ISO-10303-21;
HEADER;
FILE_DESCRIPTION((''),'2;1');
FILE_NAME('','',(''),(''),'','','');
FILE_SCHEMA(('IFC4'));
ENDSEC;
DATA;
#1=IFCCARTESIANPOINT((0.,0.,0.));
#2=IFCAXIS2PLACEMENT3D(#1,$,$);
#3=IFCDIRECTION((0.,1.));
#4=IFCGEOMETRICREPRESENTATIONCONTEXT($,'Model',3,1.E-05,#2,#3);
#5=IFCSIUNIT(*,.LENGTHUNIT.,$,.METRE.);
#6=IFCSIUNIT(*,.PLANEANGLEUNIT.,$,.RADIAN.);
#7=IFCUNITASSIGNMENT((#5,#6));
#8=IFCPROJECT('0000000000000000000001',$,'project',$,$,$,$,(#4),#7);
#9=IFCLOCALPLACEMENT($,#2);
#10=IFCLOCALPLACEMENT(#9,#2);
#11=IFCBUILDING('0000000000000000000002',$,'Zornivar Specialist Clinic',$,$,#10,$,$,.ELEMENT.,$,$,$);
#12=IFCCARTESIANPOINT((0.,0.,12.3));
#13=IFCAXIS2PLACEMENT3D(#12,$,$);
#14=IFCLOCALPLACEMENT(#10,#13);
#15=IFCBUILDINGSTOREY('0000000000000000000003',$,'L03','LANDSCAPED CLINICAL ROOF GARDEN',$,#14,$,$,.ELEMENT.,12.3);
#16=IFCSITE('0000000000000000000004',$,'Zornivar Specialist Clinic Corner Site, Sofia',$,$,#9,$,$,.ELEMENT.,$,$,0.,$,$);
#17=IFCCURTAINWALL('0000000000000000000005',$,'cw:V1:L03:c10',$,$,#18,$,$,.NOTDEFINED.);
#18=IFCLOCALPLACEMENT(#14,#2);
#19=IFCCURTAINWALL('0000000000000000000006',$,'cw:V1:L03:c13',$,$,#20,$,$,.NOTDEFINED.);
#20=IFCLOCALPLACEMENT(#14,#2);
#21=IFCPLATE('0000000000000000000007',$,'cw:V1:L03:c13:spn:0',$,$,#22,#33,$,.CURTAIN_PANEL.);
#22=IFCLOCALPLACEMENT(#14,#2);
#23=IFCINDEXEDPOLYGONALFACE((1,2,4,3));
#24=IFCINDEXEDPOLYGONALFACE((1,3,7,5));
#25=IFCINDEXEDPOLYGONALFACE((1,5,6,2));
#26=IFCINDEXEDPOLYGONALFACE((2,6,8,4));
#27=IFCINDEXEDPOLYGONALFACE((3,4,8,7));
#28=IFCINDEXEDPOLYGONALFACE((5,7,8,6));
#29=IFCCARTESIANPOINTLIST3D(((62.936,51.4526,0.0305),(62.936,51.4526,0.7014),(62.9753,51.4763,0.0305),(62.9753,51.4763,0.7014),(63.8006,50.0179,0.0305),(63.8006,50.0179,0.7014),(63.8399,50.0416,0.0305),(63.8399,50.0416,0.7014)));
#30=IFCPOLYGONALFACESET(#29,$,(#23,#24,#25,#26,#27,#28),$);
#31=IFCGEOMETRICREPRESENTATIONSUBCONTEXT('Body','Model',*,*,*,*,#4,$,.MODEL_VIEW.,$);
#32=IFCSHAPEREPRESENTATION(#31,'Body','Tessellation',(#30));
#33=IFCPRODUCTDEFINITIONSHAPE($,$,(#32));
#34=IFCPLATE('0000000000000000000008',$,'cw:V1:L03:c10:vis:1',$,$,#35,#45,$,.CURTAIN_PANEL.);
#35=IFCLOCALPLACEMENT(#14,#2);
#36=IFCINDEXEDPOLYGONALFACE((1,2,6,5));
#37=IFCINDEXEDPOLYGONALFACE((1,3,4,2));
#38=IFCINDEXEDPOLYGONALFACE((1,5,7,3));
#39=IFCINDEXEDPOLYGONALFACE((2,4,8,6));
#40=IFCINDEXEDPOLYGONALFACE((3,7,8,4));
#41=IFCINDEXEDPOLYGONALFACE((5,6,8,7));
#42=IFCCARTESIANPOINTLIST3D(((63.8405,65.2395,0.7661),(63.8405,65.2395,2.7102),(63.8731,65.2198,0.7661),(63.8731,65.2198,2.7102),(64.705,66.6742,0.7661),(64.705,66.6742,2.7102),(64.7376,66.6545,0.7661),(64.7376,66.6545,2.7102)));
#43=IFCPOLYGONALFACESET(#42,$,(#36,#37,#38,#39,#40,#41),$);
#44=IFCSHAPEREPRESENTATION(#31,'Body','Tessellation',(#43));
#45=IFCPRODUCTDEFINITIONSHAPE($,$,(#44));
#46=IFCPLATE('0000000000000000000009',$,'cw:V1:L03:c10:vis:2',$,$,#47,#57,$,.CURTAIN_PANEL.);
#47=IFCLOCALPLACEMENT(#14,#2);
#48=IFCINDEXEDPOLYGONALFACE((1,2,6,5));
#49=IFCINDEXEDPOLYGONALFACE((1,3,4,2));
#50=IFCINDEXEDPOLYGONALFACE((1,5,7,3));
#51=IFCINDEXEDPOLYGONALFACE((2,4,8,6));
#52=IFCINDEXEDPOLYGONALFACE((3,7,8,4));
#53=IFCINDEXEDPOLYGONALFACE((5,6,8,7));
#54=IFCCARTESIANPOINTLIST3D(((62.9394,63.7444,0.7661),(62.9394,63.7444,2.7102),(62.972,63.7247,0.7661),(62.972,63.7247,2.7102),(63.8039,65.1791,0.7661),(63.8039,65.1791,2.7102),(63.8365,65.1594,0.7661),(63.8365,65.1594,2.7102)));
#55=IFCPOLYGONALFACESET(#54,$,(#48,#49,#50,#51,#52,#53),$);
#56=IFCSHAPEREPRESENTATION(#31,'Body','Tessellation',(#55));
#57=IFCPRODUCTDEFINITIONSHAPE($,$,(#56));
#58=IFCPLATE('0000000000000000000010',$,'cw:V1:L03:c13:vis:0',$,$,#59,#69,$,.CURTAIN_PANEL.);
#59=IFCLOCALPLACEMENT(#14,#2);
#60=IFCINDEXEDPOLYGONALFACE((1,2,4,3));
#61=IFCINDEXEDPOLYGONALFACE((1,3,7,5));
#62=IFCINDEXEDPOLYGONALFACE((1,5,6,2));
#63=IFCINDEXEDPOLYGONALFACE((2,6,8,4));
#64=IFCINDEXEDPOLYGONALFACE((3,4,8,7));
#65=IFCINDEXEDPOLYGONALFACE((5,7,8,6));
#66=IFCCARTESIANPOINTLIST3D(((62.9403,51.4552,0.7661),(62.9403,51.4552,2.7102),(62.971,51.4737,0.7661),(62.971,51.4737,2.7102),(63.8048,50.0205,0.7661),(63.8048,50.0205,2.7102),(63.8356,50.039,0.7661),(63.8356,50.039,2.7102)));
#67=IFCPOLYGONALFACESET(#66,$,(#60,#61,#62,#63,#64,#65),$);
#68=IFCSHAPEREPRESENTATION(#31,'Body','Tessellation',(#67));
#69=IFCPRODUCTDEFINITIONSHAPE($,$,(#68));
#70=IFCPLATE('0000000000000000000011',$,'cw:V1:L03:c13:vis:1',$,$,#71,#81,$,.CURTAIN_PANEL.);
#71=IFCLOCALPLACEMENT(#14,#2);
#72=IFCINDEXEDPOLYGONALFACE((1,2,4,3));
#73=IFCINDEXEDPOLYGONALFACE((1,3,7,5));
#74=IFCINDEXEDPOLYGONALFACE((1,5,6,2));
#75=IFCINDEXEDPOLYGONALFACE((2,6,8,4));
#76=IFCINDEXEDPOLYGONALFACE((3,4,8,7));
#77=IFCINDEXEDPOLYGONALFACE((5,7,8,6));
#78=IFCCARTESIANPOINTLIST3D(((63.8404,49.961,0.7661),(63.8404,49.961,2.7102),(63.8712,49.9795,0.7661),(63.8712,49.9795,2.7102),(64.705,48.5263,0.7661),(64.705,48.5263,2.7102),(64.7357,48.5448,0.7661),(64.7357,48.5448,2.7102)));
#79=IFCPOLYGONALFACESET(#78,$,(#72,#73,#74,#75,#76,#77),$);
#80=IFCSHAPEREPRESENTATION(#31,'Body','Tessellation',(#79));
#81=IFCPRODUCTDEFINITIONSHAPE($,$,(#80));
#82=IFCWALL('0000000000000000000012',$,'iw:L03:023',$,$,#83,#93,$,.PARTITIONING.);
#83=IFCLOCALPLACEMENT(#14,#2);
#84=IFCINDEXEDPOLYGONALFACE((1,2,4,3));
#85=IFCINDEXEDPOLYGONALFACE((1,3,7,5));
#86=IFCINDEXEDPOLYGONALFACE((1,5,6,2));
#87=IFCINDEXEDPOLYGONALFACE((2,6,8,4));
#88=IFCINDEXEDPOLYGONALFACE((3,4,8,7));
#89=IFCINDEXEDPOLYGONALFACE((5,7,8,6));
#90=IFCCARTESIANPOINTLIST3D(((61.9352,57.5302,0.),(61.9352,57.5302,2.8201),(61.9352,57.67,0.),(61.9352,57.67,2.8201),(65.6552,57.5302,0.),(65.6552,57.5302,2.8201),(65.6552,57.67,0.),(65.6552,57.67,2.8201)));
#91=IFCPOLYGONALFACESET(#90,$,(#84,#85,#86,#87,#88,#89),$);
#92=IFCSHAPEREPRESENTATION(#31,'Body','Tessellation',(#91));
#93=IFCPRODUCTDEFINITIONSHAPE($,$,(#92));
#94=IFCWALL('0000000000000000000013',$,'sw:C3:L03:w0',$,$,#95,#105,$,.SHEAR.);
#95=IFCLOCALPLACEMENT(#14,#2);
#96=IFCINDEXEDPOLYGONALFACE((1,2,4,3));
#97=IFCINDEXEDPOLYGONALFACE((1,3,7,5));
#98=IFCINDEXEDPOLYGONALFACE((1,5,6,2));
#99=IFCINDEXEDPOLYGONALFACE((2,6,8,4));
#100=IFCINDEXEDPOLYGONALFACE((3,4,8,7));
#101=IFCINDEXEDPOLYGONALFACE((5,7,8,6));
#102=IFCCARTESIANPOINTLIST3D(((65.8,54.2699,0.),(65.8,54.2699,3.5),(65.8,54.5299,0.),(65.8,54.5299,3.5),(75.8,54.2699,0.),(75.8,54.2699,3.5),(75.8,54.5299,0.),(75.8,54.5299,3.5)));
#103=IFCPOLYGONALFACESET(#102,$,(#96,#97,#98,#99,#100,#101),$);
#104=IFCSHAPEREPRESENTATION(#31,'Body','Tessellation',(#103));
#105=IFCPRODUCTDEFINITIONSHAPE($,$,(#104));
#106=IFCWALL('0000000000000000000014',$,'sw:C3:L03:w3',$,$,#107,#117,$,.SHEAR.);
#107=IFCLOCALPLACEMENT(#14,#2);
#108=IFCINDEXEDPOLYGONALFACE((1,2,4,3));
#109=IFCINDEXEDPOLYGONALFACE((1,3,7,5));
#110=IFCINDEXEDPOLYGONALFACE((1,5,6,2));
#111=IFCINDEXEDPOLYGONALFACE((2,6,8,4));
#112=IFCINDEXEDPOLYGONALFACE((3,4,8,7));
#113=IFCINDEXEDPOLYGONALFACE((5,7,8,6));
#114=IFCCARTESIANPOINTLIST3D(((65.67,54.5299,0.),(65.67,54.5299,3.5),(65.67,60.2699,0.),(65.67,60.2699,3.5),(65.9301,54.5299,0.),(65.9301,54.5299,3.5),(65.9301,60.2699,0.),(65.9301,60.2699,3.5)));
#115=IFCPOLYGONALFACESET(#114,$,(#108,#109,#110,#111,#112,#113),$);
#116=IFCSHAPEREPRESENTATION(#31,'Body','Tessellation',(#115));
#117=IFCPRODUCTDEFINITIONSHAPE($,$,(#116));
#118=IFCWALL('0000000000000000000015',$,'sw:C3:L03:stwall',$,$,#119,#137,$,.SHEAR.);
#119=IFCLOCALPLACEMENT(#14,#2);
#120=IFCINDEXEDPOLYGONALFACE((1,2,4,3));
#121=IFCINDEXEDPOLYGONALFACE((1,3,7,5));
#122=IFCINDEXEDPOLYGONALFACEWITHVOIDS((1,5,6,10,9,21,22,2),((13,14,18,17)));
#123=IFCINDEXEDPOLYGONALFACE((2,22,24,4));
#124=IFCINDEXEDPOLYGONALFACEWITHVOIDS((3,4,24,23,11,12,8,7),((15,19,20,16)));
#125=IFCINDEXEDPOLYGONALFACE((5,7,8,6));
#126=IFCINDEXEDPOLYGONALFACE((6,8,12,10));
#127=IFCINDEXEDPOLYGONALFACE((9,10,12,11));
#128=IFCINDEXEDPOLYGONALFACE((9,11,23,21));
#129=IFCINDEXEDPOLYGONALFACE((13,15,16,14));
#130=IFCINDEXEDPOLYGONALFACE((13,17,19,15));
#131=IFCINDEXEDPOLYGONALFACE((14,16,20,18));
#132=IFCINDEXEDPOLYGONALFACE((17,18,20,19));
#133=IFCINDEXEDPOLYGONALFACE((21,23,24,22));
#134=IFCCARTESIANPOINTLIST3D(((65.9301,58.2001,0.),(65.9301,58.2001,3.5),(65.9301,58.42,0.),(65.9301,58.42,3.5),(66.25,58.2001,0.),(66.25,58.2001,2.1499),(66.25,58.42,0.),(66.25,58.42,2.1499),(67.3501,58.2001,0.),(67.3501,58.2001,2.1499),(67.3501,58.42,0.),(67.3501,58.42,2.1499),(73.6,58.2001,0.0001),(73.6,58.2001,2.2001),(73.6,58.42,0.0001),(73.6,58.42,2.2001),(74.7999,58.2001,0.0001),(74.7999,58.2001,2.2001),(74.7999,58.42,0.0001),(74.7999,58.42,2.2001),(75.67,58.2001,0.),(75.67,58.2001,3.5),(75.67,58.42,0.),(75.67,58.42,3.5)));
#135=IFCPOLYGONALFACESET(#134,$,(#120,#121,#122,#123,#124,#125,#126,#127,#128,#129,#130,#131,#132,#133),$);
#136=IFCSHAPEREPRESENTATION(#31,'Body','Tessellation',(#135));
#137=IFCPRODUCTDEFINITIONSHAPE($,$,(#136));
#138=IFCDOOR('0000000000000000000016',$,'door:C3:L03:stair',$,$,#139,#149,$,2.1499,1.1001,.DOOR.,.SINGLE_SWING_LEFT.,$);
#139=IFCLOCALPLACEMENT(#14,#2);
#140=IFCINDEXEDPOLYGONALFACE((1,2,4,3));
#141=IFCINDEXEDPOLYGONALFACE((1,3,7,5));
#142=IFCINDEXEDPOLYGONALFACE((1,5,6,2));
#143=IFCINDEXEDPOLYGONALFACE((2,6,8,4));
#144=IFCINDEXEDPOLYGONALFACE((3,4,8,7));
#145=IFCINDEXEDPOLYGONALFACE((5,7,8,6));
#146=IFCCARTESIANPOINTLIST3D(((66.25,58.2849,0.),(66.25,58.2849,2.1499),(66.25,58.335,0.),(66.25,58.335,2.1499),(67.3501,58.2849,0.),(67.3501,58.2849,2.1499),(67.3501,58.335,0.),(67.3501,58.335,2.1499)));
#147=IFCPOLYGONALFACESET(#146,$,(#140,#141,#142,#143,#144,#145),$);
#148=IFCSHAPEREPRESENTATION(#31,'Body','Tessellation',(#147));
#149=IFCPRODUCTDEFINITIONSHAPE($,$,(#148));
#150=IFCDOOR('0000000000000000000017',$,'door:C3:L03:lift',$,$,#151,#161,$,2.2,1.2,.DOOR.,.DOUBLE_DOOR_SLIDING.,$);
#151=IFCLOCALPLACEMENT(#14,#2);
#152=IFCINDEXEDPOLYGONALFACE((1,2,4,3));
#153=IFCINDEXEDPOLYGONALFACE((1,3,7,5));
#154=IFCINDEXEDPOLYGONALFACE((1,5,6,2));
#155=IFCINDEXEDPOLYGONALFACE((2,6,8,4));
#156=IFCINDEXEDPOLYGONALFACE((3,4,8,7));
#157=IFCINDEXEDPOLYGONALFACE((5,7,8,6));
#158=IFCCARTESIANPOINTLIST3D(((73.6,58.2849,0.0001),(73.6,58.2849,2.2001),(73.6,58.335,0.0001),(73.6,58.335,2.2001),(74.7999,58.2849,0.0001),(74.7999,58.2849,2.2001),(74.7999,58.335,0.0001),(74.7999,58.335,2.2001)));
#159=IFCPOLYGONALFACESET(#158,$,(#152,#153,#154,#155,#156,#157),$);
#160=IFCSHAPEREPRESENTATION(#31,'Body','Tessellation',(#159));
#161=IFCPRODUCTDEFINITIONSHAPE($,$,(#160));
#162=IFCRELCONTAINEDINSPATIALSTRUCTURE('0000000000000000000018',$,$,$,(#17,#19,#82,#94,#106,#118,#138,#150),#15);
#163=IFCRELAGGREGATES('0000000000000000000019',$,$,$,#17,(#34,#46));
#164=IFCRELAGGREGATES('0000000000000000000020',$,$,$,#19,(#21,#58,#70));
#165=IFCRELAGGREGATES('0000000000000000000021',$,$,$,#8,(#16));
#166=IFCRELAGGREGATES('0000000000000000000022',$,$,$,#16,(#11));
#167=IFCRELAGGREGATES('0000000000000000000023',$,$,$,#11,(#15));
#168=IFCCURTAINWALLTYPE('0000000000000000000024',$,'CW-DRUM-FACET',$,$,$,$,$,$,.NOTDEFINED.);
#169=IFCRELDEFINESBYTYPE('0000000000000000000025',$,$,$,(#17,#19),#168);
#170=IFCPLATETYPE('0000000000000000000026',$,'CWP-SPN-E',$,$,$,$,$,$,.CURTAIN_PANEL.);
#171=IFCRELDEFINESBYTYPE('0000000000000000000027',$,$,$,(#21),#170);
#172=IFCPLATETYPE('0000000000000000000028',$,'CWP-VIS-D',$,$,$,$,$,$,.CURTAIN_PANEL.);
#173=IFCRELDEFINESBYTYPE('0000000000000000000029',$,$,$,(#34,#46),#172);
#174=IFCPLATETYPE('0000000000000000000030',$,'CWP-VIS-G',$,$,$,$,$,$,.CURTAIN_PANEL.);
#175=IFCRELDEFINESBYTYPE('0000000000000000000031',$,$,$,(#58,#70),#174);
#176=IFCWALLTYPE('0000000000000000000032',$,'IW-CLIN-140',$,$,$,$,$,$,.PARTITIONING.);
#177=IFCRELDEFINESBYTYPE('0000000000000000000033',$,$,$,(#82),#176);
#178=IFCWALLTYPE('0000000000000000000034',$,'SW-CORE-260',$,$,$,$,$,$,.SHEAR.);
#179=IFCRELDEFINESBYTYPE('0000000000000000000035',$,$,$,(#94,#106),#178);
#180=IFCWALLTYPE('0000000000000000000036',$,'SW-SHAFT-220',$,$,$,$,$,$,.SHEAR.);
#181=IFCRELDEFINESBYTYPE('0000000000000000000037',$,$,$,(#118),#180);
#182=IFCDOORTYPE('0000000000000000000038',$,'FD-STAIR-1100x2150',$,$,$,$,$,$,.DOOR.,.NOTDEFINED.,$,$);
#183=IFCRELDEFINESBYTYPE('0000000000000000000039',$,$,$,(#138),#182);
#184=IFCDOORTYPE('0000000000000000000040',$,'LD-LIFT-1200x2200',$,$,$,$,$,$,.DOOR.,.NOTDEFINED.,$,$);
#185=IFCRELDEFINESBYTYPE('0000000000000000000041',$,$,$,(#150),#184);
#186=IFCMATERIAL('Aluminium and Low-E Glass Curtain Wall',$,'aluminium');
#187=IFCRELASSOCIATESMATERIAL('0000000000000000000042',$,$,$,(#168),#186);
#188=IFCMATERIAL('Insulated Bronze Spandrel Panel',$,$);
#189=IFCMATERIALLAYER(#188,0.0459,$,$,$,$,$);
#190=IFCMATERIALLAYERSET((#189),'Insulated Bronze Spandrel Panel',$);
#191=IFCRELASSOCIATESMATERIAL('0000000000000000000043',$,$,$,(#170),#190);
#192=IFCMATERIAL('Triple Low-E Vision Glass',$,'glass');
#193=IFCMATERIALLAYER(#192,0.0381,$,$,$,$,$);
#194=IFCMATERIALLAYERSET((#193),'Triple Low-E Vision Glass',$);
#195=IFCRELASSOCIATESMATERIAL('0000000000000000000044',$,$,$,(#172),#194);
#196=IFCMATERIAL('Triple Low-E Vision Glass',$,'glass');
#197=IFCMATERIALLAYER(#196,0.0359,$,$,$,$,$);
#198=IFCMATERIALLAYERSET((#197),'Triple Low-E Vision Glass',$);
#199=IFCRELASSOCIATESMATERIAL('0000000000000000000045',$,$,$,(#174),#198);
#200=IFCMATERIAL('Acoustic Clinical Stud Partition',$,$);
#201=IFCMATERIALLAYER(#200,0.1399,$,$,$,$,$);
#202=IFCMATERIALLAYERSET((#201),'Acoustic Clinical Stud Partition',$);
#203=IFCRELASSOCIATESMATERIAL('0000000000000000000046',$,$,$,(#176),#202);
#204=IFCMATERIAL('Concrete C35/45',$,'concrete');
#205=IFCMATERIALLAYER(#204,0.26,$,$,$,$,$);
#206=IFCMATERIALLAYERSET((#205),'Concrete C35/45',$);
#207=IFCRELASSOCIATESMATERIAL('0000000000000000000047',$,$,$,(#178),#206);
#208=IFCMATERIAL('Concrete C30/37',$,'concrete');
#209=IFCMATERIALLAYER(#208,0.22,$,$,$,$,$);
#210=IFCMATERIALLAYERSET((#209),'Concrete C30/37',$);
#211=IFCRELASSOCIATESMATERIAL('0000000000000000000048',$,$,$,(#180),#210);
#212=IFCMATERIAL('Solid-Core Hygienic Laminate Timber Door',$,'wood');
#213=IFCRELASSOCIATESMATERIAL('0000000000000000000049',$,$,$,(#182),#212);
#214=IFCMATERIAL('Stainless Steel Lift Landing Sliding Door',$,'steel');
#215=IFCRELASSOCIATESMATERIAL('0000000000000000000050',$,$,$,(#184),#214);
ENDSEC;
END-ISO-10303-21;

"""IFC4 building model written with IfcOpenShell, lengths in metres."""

from ifc_helpers import new_model, si_unit, direction, frame, frame_2d, origin, origin_2d, place, context, subcontext, project, spatial, rectangle, extrude, material, layer, layer_set, type_object, element, fill, aggregate, save


model = new_model("IFC4")

# Units and contexts
model_context = context("Model", 3, precision=1e-05, world=origin(), true_north=direction((0.0, 1.0)))
body_context = subcontext(model_context, "Body", "Model", "MODEL_VIEW")
ifc_project = project(units=[si_unit("LENGTHUNIT", "METRE"), si_unit("PLANEANGLEUNIT", "RADIAN")], contexts=[model_context])

# Site, building, storey
site_placement = place(None, origin())
site = spatial("IfcSite", under=ifc_project, at=site_placement, Name="Zornivar Specialist Clinic Corner Site, Sofia", CompositionType="ELEMENT", RefElevation=0.0)
building_placement = place(site_placement, origin())
building = spatial("IfcBuilding", under=site, at=building_placement, Name="Zornivar Specialist Clinic", CompositionType="ELEMENT")
storey_placement = place(building_placement, frame((0.0, 0.0, 12.3)))
storey = spatial("IfcBuildingStorey", under=building, at=storey_placement, Name="L03", Description="LANDSCAPED CLINICAL ROOF GARDEN", CompositionType="ELEMENT", Elevation=12.3)

# Curtain walls
ifc_material_1 = material(Name="Aluminium and Low-E Glass Curtain Wall", Category="aluminium")
curtain_wall_type = type_object("IfcCurtainWallType", Name="CW-DRUM-FACET", PredefinedType="NOTDEFINED", material=ifc_material_1)
curtain_wall_1_placement = place(storey_placement, origin())
curtain_wall_1 = element("IfcCurtainWall", 1, at=curtain_wall_1_placement, inside=storey, type_object=curtain_wall_type, Name="cw:V1:L03:c10", PredefinedType="NOTDEFINED")
curtain_wall_2_placement = place(storey_placement, origin())
curtain_wall_2 = element("IfcCurtainWall", 2, at=curtain_wall_2_placement, inside=storey, type_object=curtain_wall_type, Name="cw:V1:L03:c13", PredefinedType="NOTDEFINED")

# Plates
ifc_material_2 = material(Name="Insulated Bronze Spandrel Panel")
ifc_layer_1 = layer(ifc_material_2, 0.0459)
ifc_layer_set_1 = layer_set([ifc_layer_1], Name="Insulated Bronze Spandrel Panel")
plate_type_1 = type_object("IfcPlateType", Name="CWP-SPN-E", PredefinedType="CURTAIN_PANEL", material=ifc_layer_set_1)
plate_1_placement = place(storey_placement, frame((63.3879, 50.7471, 0.0305), z_axis=(0.0, 0.0, 1.0), x_axis=(0.516127, -0.856512, 0.0)))
plate_1 = element("IfcPlate", 3, at=plate_1_placement, type_object=plate_type_1, Name="cw:V1:L03:c13:spn:0", PredefinedType="CURTAIN_PANEL", context=body_context, shape_type="SweptSolid", body=[
    extrude(rectangle(XDim=1.675, YDim=0.0459, at=origin_2d()), origin(), (0.0, 0.0, 1.0), 0.6709),
])
ifc_material_3 = material(Name="Triple Low-E Vision Glass", Category="glass")
ifc_layer_2 = layer(ifc_material_3, 0.0381)
ifc_layer_set_2 = layer_set([ifc_layer_2], Name="Triple Low-E Vision Glass")
plate_type_2 = type_object("IfcPlateType", Name="CWP-VIS-D", PredefinedType="CURTAIN_PANEL", material=ifc_layer_set_2)
plate_2_placement = place(storey_placement, frame((64.2891, 65.947, 0.7661), z_axis=(0.0, 0.0, 1.0), x_axis=(-0.516127, -0.856512, 0.0)))
plate_2 = element("IfcPlate", 4, at=plate_2_placement, type_object=plate_type_2, Name="cw:V1:L03:c10:vis:1", PredefinedType="CURTAIN_PANEL", context=body_context, shape_type="SweptSolid", body=[
    extrude(rectangle(XDim=1.675, YDim=0.0381, at=origin_2d()), origin(), (0.0, 0.0, 1.0), 1.9441),
])
plate_3_placement = place(storey_placement, frame((63.3879, 64.4519, 0.7661), z_axis=(0.0, 0.0, 1.0), x_axis=(-0.516127, -0.856512, 0.0)))
plate_3 = element("IfcPlate", 5, at=plate_3_placement, type_object=plate_type_2, Name="cw:V1:L03:c10:vis:2", PredefinedType="CURTAIN_PANEL", context=body_context, shape_type="SweptSolid", body=[
    extrude(rectangle(XDim=1.675, YDim=0.0381, at=origin_2d()), origin(), (0.0, 0.0, 1.0), 1.9441),
])
aggregate(curtain_wall_1, [plate_2, plate_3])
ifc_material_4 = material(Name="Triple Low-E Vision Glass", Category="glass")
ifc_layer_3 = layer(ifc_material_4, 0.0359)
ifc_layer_set_3 = layer_set([ifc_layer_3], Name="Triple Low-E Vision Glass")
plate_type_3 = type_object("IfcPlateType", Name="CWP-VIS-G", PredefinedType="CURTAIN_PANEL", material=ifc_layer_set_3)
plate_4_placement = place(storey_placement, frame((63.3879, 50.7471, 0.7661), z_axis=(0.0, 0.0, 1.0), x_axis=(0.516127, -0.856512, 0.0)))
plate_4 = element("IfcPlate", 6, at=plate_4_placement, type_object=plate_type_3, Name="cw:V1:L03:c13:vis:0", PredefinedType="CURTAIN_PANEL", context=body_context, shape_type="SweptSolid", body=[
    extrude(rectangle(XDim=1.675, YDim=0.0359, at=origin_2d()), origin(), (0.0, 0.0, 1.0), 1.9441),
])
plate_5_placement = place(storey_placement, frame((64.2881, 49.2529, 0.7661), z_axis=(0.0, 0.0, 1.0), x_axis=(0.516127, -0.856512, 0.0)))
plate_5 = element("IfcPlate", 7, at=plate_5_placement, type_object=plate_type_3, Name="cw:V1:L03:c13:vis:1", PredefinedType="CURTAIN_PANEL", context=body_context, shape_type="SweptSolid", body=[
    extrude(rectangle(XDim=1.675, YDim=0.0359, at=origin_2d()), origin(), (0.0, 0.0, 1.0), 1.9441),
])
aggregate(curtain_wall_2, [plate_1, plate_4, plate_5])

# Walls
ifc_material_5 = material(Name="Acoustic Clinical Stud Partition")
ifc_layer_4 = layer(ifc_material_5, 0.1399)
ifc_layer_set_4 = layer_set([ifc_layer_4], Name="Acoustic Clinical Stud Partition")
wall_type_1 = type_object("IfcWallType", Name="IW-CLIN-140", PredefinedType="PARTITIONING", material=ifc_layer_set_4)
wall_1_placement = place(storey_placement, frame((65.655, 57.6001, 0.0), z_axis=(0.0, 0.0, 1.0), x_axis=(-1.0, 0.0, 0.0)))
element("IfcWall", 8, at=wall_1_placement, inside=storey, type_object=wall_type_1, Name="iw:L03:023", PredefinedType="PARTITIONING", context=body_context, shape_type="SweptSolid", body=[
    extrude(rectangle(XDim=3.72, YDim=0.1399, at=frame_2d((1.8599, 0.0))), origin(), (0.0, 0.0, 1.0), 2.8201),
])
ifc_material_6 = material(Name="Concrete C35/45", Category="concrete")
ifc_layer_5 = layer(ifc_material_6, 0.26)
ifc_layer_set_5 = layer_set([ifc_layer_5], Name="Concrete C35/45")
wall_type_2 = type_object("IfcWallType", Name="SW-CORE-260", PredefinedType="SHEAR", material=ifc_layer_set_5)
wall_2_placement = place(storey_placement, frame((65.8, 54.3999, 0.0), z_axis=(0.0, 0.0, 1.0), x_axis=(1.0, 0.0, 0.0)))
element("IfcWall", 9, at=wall_2_placement, inside=storey, type_object=wall_type_2, Name="sw:C3:L03:w0", PredefinedType="SHEAR", context=body_context, shape_type="SweptSolid", body=[
    extrude(rectangle(XDim=10.0, YDim=0.26, at=frame_2d((5.0, 0.0))), origin(), (0.0, 0.0, 1.0), 3.5),
])
wall_3_placement = place(storey_placement, frame((65.8, 60.27, 0.0), z_axis=(0.0, 0.0, 1.0), x_axis=(0.0, -1.0, 0.0)))
element("IfcWall", 10, at=wall_3_placement, inside=storey, type_object=wall_type_2, Name="sw:C3:L03:w3", PredefinedType="SHEAR", context=body_context, shape_type="SweptSolid", body=[
    extrude(rectangle(XDim=5.74, YDim=0.26, at=frame_2d((2.8701, 0.0))), origin(), (0.0, 0.0, 1.0), 3.5),
])

# Wall, openings, doors
ifc_material_7 = material(Name="Concrete C30/37", Category="concrete")
ifc_layer_6 = layer(ifc_material_7, 0.22)
ifc_layer_set_6 = layer_set([ifc_layer_6], Name="Concrete C30/37")
wall_type_3 = type_object("IfcWallType", Name="SW-SHAFT-220", PredefinedType="SHEAR", material=ifc_layer_set_6)
wall_4_placement = place(storey_placement, frame((65.9299, 58.3101, 0.0), z_axis=(0.0, 0.0, 1.0), x_axis=(1.0, 0.0, 0.0)))
wall_4 = element("IfcWall", 11, at=wall_4_placement, inside=storey, type_object=wall_type_3, Name="sw:C3:L03:stwall", PredefinedType="SHEAR", context=body_context, shape_type="SweptSolid", body=[
    extrude(rectangle(XDim=9.74, YDim=0.22, at=frame_2d((4.8701, 0.0))), origin(), (0.0, 0.0, 1.0), 3.5),
])
opening_1_placement = place(wall_4_placement, frame((0.3201, 0.0, 0.0)))
opening_1 = element("IfcOpeningElement", 12, at=opening_1_placement, cuts=wall_4, PredefinedType="OPENING", context=body_context, shape_type="SweptSolid", body=[
    extrude(rectangle(XDim=1.1001, YDim=2.1499, at=frame_2d((0.55, 1.075))), frame((0.0, 0.1199, 0.0), z_axis=(0.0, -1.0, 0.0), x_axis=(1.0, 0.0, 0.0)), (0.0, 0.0, 1.0), 0.24),
])
opening_2_placement = place(wall_4_placement, frame((7.6699, 0.0, 0.0)))
opening_2 = element("IfcOpeningElement", 13, at=opening_2_placement, cuts=wall_4, PredefinedType="OPENING", context=body_context, shape_type="SweptSolid", body=[
    extrude(rectangle(XDim=1.2, YDim=2.2, at=frame_2d((0.6001, 1.1001))), frame((0.0, 0.1199, 0.0), z_axis=(0.0, -1.0, 0.0), x_axis=(1.0, 0.0, 0.0)), (0.0, 0.0, 1.0), 0.24),
])
ifc_material_8 = material(Name="Solid-Core Hygienic Laminate Timber Door", Category="wood")
door_type_1 = type_object("IfcDoorType", Name="FD-STAIR-1100x2150", OperationType="NOTDEFINED", PredefinedType="DOOR", material=ifc_material_8)
door_1_placement = place(opening_1_placement, origin())
door_1 = element("IfcDoor", 14, at=door_1_placement, inside=storey, type_object=door_type_1, Name="door:C3:L03:stair", OperationType="SINGLE_SWING_LEFT", OverallHeight=2.1499, OverallWidth=1.1001, PredefinedType="DOOR", context=body_context, shape_type="SweptSolid", body=[
    extrude(rectangle(XDim=1.1001, YDim=2.1499, at=frame_2d((0.55, 1.075))), frame((0.0, 0.0249, 0.0), z_axis=(0.0, -1.0, 0.0), x_axis=(1.0, 0.0, 0.0)), (0.0, 0.0, 1.0), 0.05),
])
fill(opening_1, door_1)
ifc_material_9 = material(Name="Stainless Steel Lift Landing Sliding Door", Category="steel")
door_type_2 = type_object("IfcDoorType", Name="LD-LIFT-1200x2200", OperationType="NOTDEFINED", PredefinedType="DOOR", material=ifc_material_9)
door_2_placement = place(opening_2_placement, origin())
door_2 = element("IfcDoor", 15, at=door_2_placement, inside=storey, type_object=door_type_2, Name="door:C3:L03:lift", OperationType="DOUBLE_DOOR_SLIDING", OverallHeight=2.2, OverallWidth=1.2, PredefinedType="DOOR", context=body_context, shape_type="SweptSolid", body=[
    extrude(rectangle(XDim=1.2, YDim=2.2, at=frame_2d((0.6001, 1.1001))), frame((0.0, 0.0249, 0.0), z_axis=(0.0, -1.0, 0.0), x_axis=(1.0, 0.0, 0.0)), (0.0, 0.0, 1.0), 0.05),
])
fill(opening_2, door_2)

save(model, "model.ifc")
